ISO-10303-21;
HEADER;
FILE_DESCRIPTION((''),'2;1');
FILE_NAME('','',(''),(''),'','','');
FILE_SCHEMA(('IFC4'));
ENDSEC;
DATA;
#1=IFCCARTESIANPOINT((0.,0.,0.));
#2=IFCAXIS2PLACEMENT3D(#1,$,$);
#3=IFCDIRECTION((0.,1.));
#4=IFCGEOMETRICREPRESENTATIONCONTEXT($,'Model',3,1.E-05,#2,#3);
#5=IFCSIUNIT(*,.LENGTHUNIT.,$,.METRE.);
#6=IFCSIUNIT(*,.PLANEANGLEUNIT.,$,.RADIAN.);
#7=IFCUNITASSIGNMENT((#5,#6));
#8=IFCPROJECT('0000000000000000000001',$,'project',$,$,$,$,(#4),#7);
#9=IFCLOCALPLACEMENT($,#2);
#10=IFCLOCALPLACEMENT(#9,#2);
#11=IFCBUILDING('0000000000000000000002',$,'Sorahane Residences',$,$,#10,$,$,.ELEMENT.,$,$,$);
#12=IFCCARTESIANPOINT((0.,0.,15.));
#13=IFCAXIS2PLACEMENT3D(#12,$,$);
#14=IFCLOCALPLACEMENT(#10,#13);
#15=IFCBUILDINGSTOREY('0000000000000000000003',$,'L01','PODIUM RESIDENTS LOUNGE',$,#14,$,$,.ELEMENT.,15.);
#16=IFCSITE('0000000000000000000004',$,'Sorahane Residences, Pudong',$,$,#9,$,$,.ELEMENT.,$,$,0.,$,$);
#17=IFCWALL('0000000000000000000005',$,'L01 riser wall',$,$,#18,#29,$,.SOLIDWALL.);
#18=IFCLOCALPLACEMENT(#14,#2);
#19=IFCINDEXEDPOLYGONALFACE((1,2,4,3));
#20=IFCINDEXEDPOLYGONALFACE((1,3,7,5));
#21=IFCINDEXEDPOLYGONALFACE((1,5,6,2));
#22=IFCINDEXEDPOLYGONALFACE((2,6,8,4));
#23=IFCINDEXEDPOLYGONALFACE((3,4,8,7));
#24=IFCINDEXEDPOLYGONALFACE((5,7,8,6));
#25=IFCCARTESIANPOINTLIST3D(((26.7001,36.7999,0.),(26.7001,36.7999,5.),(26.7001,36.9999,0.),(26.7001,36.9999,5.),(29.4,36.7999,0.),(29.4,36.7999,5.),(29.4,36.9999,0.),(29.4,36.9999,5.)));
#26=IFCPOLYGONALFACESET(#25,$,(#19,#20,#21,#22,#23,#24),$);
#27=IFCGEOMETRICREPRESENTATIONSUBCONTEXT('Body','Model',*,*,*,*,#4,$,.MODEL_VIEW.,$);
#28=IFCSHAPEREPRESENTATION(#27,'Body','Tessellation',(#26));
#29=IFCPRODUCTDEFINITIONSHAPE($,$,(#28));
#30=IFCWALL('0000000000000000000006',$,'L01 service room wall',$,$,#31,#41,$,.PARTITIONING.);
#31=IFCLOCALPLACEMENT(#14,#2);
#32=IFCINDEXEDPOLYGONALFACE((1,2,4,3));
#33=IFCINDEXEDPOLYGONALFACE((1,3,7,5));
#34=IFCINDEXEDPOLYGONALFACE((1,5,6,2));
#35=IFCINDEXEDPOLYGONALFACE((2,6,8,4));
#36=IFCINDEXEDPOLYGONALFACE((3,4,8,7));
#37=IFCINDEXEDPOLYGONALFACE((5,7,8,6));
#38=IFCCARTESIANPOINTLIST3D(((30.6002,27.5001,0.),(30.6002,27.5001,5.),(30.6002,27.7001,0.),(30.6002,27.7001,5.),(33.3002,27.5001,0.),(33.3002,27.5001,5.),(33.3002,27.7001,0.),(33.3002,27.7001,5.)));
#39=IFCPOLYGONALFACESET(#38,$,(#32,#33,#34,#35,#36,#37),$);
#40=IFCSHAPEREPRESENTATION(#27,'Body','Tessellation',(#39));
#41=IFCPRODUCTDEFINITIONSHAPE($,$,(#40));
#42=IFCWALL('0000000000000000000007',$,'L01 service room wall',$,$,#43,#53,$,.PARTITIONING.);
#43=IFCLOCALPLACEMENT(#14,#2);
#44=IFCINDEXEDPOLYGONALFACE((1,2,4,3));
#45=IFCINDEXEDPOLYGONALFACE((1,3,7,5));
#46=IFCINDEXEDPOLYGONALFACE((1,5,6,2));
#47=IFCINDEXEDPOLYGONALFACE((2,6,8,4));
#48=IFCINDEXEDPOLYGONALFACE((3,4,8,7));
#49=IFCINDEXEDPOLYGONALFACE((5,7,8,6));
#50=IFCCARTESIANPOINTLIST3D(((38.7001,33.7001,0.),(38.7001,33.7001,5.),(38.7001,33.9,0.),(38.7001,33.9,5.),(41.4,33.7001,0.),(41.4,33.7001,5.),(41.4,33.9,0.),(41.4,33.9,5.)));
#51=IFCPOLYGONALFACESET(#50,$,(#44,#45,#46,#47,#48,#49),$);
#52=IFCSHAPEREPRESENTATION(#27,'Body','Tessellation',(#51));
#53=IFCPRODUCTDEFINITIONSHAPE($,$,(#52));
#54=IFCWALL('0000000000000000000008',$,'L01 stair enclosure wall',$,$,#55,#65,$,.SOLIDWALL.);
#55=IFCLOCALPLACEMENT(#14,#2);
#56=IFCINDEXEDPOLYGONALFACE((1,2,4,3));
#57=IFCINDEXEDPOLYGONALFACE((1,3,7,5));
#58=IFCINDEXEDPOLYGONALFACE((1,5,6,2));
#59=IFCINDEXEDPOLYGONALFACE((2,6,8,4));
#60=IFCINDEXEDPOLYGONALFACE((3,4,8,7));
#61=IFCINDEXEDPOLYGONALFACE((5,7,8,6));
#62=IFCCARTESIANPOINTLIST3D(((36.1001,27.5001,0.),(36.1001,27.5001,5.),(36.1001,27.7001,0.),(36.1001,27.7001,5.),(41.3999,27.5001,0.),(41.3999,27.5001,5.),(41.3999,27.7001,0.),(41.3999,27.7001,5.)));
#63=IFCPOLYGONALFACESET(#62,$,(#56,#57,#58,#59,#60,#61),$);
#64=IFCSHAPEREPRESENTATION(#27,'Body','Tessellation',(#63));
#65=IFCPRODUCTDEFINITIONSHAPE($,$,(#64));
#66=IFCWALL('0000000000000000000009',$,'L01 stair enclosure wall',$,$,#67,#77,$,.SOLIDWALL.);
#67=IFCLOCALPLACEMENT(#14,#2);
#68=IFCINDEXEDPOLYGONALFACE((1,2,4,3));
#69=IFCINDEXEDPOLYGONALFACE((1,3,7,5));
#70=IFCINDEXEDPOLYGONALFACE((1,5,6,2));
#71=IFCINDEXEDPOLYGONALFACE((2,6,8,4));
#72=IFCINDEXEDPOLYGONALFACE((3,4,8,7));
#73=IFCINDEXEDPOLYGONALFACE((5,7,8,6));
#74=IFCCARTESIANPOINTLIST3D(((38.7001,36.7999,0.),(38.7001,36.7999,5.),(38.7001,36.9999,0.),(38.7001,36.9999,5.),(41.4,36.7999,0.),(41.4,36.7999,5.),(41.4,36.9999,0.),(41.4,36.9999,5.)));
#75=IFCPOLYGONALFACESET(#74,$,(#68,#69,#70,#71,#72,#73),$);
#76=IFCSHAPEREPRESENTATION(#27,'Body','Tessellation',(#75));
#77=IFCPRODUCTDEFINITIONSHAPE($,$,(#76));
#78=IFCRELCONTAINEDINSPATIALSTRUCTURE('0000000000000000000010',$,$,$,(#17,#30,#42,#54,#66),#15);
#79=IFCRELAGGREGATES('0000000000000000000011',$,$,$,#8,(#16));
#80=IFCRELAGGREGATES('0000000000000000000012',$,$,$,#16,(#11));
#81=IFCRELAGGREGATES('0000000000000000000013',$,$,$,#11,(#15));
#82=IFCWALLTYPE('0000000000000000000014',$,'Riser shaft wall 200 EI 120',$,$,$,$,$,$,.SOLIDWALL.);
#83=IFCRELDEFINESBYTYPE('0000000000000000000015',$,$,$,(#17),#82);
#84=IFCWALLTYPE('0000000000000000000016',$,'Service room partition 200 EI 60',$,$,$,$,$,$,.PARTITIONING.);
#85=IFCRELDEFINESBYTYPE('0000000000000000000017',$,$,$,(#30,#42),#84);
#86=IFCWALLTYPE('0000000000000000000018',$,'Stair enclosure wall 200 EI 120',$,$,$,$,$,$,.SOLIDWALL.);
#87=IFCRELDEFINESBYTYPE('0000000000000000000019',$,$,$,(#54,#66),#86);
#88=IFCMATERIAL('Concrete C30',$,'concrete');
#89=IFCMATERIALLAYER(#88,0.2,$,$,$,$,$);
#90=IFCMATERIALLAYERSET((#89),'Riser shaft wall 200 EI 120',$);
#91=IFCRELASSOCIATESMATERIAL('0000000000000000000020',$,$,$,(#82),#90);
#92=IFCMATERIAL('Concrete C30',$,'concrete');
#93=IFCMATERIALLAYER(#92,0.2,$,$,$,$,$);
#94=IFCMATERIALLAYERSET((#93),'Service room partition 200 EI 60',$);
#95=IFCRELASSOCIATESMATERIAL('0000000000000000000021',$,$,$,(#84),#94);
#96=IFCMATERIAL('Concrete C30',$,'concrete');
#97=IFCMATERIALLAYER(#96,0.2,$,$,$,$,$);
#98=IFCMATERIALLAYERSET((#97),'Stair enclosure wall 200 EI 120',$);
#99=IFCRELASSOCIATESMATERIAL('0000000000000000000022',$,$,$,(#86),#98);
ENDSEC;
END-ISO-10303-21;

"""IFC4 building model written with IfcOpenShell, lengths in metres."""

from ifc_helpers import new_model, si_unit, direction, frame, frame_2d, origin, place, context, subcontext, project, spatial, rectangle, extrude, material, layer, layer_set, type_object, element, save


model = new_model("IFC4")

# Units and contexts
model_context = context("Model", 3, precision=1e-05, world=origin(), true_north=direction((0.0, 1.0)))
body_context = subcontext(model_context, "Body", "Model", "MODEL_VIEW")
ifc_project = project(units=[si_unit("LENGTHUNIT", "METRE"), si_unit("PLANEANGLEUNIT", "RADIAN")], contexts=[model_context])

# Site, building, storey
site_placement = place(None, origin())
site = spatial("IfcSite", under=ifc_project, at=site_placement, Name="Sorahane Residences, Pudong", CompositionType="ELEMENT", RefElevation=0.0)
building_placement = place(site_placement, origin())
building = spatial("IfcBuilding", under=site, at=building_placement, Name="Sorahane Residences", CompositionType="ELEMENT")
storey_placement = place(building_placement, frame((0.0, 0.0, 15.0)))
storey = spatial("IfcBuildingStorey", under=building, at=storey_placement, Name="L01", Description="PODIUM RESIDENTS LOUNGE", CompositionType="ELEMENT", Elevation=15.0)

# Shared definitions
ifc_material_1 = material(Name="Concrete C30", Category="concrete")
ifc_layer_1 = layer(ifc_material_1, 0.2)
ifc_layer_set_1 = layer_set([ifc_layer_1], Name="Riser shaft wall 200 EI 120")
wall_type_1 = type_object("IfcWallType", Name="Riser shaft wall 200 EI 120", PredefinedType="SOLIDWALL", material=ifc_layer_set_1)

# Walls
for number, where, z_axis, x_axis, name in (
    (1, (26.7, 36.8999, 0.0), (0.0, 0.0, 1.0), (1.0, 0.0, 0.0), "L01 riser wall"),
):
    element("IfcWall", number, at=place(storey_placement, frame(where, z_axis=z_axis, x_axis=x_axis)), inside=storey, type_object=wall_type_1, Name=name, PredefinedType="SOLIDWALL", context=body_context, shape_type="SweptSolid", body=[
        extrude(rectangle(XDim=2.7, YDim=0.2, at=frame_2d((1.3501, 0.0))), origin(), (0.0, 0.0, 1.0), 5.0),
    ])
ifc_material_2 = material(Name="Concrete C30", Category="concrete")
ifc_layer_2 = layer(ifc_material_2, 0.2)
ifc_layer_set_2 = layer_set([ifc_layer_2], Name="Service room partition 200 EI 60")
wall_type_2 = type_object("IfcWallType", Name="Service room partition 200 EI 60", PredefinedType="PARTITIONING", material=ifc_layer_set_2)
for number, where, z_axis, x_axis, name in (
    (2, (30.6001, 27.6001, 0.0), (0.0, 0.0, 1.0), (1.0, 0.0, 0.0), "L01 service room wall"),
    (3, (38.7, 33.8, 0.0), (0.0, 0.0, 1.0), (1.0, 0.0, 0.0), "L01 service room wall"),
):
    element("IfcWall", number, at=place(storey_placement, frame(where, z_axis=z_axis, x_axis=x_axis)), inside=storey, type_object=wall_type_2, Name=name, PredefinedType="PARTITIONING", context=body_context, shape_type="SweptSolid", body=[
        extrude(rectangle(XDim=2.7, YDim=0.2, at=frame_2d((1.3501, 0.0))), origin(), (0.0, 0.0, 1.0), 5.0),
    ])
ifc_material_3 = material(Name="Concrete C30", Category="concrete")
ifc_layer_3 = layer(ifc_material_3, 0.2)
ifc_layer_set_3 = layer_set([ifc_layer_3], Name="Stair enclosure wall 200 EI 120")
wall_type_3 = type_object("IfcWallType", Name="Stair enclosure wall 200 EI 120", PredefinedType="SOLIDWALL", material=ifc_layer_set_3)
wall_1_placement = place(storey_placement, frame((36.1001, 27.6001, 0.0), z_axis=(0.0, 0.0, 1.0), x_axis=(1.0, 0.0, 0.0)))
element("IfcWall", 4, at=wall_1_placement, inside=storey, type_object=wall_type_3, Name="L01 stair enclosure wall", PredefinedType="SOLIDWALL", context=body_context, shape_type="SweptSolid", body=[
    extrude(rectangle(XDim=5.2998, YDim=0.2, at=frame_2d((2.6499, 0.0))), origin(), (0.0, 0.0, 1.0), 5.0),
])
wall_2_placement = place(storey_placement, frame((38.7, 36.8999, 0.0), z_axis=(0.0, 0.0, 1.0), x_axis=(1.0, 0.0, 0.0)))
element("IfcWall", 5, at=wall_2_placement, inside=storey, type_object=wall_type_3, Name="L01 stair enclosure wall", PredefinedType="SOLIDWALL", context=body_context, shape_type="SweptSolid", body=[
    extrude(rectangle(XDim=2.7, YDim=0.2, at=frame_2d((1.3501, 0.0))), origin(), (0.0, 0.0, 1.0), 5.0),
])

save(model, "model.ifc")
